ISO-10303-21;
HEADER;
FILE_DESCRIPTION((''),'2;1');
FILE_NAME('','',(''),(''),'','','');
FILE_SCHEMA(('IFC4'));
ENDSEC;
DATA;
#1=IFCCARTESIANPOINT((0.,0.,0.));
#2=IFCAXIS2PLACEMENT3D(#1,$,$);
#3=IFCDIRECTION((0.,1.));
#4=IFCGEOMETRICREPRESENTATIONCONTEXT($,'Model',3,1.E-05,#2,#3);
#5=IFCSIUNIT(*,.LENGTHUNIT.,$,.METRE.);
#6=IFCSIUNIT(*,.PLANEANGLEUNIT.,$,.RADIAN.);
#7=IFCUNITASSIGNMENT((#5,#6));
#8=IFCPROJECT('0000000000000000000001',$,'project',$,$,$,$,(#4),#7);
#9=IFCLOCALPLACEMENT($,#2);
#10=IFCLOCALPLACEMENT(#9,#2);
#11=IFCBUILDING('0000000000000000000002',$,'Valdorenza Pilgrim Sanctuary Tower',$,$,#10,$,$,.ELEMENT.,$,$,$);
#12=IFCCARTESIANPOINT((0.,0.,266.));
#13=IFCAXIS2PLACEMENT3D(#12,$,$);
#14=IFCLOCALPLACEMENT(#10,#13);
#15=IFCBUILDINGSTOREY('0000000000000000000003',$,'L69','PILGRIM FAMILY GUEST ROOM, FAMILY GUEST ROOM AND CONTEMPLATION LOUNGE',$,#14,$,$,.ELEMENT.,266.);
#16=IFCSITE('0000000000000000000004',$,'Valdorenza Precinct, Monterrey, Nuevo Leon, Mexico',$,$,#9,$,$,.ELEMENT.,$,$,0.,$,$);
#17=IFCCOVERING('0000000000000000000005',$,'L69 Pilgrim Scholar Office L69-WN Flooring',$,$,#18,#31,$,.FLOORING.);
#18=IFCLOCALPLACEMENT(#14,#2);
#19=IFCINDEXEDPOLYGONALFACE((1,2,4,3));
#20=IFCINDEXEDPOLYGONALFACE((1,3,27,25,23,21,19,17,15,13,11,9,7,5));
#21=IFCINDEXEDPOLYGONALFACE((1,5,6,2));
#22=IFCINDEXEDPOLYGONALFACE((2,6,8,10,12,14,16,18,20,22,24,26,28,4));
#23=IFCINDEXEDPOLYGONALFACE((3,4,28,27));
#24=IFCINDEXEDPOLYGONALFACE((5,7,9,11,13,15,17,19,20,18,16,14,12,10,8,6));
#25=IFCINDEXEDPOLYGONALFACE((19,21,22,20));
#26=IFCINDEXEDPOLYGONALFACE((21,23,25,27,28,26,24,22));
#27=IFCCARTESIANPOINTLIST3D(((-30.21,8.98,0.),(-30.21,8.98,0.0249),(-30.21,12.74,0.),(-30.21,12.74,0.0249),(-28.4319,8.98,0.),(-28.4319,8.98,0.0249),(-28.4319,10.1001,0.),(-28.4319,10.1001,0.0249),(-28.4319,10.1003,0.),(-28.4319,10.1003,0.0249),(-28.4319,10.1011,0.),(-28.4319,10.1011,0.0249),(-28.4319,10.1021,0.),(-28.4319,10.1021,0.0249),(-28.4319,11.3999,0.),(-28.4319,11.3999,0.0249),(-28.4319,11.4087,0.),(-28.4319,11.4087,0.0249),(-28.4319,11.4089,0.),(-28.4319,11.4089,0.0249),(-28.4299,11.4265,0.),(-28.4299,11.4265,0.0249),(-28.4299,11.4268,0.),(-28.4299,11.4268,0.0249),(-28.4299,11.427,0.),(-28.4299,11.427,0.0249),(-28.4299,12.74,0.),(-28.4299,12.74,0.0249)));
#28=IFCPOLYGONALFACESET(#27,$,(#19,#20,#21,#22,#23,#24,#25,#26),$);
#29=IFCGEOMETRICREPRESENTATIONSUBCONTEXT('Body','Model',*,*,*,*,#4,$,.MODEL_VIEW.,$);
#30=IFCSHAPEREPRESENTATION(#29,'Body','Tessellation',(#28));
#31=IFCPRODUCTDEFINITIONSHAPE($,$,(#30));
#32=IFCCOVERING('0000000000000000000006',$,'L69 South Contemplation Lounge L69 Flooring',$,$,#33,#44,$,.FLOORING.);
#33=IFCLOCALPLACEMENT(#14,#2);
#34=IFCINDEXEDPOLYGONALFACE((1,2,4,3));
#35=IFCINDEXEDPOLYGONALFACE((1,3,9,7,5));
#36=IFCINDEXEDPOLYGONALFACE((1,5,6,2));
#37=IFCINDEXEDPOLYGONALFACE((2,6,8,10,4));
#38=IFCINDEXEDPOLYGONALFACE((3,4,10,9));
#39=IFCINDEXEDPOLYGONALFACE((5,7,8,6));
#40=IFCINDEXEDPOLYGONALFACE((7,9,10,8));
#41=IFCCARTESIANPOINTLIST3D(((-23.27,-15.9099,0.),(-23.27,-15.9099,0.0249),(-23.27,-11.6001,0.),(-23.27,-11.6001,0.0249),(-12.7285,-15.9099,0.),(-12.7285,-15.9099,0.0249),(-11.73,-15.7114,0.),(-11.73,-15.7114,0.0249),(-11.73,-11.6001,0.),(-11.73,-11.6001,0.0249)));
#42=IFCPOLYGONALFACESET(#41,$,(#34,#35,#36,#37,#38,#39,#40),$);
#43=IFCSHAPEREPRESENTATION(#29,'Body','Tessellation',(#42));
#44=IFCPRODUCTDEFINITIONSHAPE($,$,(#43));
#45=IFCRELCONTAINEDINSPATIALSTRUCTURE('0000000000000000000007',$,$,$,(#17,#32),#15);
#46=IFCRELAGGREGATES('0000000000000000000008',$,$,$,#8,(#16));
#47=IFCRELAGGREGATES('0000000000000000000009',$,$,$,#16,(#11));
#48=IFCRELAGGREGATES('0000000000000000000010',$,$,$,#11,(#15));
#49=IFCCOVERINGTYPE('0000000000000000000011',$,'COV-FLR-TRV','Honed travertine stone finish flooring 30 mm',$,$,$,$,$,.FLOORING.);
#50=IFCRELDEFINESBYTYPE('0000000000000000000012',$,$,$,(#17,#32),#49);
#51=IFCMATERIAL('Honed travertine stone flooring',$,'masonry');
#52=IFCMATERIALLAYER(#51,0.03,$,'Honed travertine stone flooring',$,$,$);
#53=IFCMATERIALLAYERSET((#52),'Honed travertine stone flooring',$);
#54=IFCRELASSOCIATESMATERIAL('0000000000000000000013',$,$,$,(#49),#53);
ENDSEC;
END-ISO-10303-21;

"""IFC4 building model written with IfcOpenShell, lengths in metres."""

from ifc_helpers import new_model, si_unit, direction, frame, origin, place, context, subcontext, project, spatial, polyline, outline, extrude, material, layer, layer_set, type_object, element, save


model = new_model("IFC4")

# Units and contexts
model_context = context("Model", 3, precision=1e-05, world=origin(), true_north=direction((0.0, 1.0)))
body_context = subcontext(model_context, "Body", "Model", "MODEL_VIEW")
ifc_project = project(units=[si_unit("LENGTHUNIT", "METRE"), si_unit("PLANEANGLEUNIT", "RADIAN")], contexts=[model_context])

# Site, building, storey
site_placement = place(None, origin())
site = spatial("IfcSite", under=ifc_project, at=site_placement, Name="Valdorenza Precinct, Monterrey, Nuevo Leon, Mexico", CompositionType="ELEMENT", RefElevation=0.0)
building_placement = place(site_placement, origin())
building = spatial("IfcBuilding", under=site, at=building_placement, Name="Valdorenza Pilgrim Sanctuary Tower", CompositionType="ELEMENT")
storey_placement = place(building_placement, frame((0.0, 0.0, 266.0)))
storey = spatial("IfcBuildingStorey", under=building, at=storey_placement, Name="L69", Description="PILGRIM FAMILY GUEST ROOM, FAMILY GUEST ROOM AND CONTEMPLATION LOUNGE", CompositionType="ELEMENT", Elevation=266.0)

# Coverings
ifc_material_1 = material(Name="Honed travertine stone flooring", Category="masonry")
ifc_layer_1 = layer(ifc_material_1, 0.03, Name="Honed travertine stone flooring")
ifc_layer_set_1 = layer_set([ifc_layer_1], Name="Honed travertine stone flooring")
covering_type_1 = type_object("IfcCoveringType", Name="COV-FLR-TRV", Description="Honed travertine stone finish flooring 30 mm", PredefinedType="FLOORING", material=ifc_layer_set_1)
covering_1_placement = place(storey_placement, origin())
element("IfcCovering", 1, at=covering_1_placement, inside=storey, type_object=covering_type_1, Name="L69 Pilgrim Scholar Office L69-WN Flooring", PredefinedType="FLOORING", context=body_context, shape_type="SweptSolid", body=[
    extrude(outline(polyline([(-28.4319, 10.1003), (-28.4319, 10.1001), (-28.4319, 8.98), (-30.21, 8.98), (-30.21, 12.74), (-28.4299, 12.74), (-28.4299, 11.427), (-28.4299, 11.4268), (-28.4299, 11.4265), (-28.4319, 11.4089), (-28.4319, 11.4087), (-28.4319, 11.3999), (-28.4319, 10.1021), (-28.4319, 10.1011), (-28.4319, 10.1003)])), origin(), (0.0, 0.0, 1.0), 0.0249),
])
covering_2_placement = place(storey_placement, origin())
element("IfcCovering", 2, at=covering_2_placement, inside=storey, type_object=covering_type_1, Name="L69 South Contemplation Lounge L69 Flooring", PredefinedType="FLOORING", context=body_context, shape_type="SweptSolid", body=[
    extrude(outline(polyline([(-11.73, -11.6001), (-11.73, -15.7114), (-12.7285, -15.9099), (-23.27, -15.9099), (-23.27, -11.6001), (-11.73, -11.6001)])), origin(), (0.0, 0.0, 1.0), 0.0249),
])

save(model, "model.ifc")
